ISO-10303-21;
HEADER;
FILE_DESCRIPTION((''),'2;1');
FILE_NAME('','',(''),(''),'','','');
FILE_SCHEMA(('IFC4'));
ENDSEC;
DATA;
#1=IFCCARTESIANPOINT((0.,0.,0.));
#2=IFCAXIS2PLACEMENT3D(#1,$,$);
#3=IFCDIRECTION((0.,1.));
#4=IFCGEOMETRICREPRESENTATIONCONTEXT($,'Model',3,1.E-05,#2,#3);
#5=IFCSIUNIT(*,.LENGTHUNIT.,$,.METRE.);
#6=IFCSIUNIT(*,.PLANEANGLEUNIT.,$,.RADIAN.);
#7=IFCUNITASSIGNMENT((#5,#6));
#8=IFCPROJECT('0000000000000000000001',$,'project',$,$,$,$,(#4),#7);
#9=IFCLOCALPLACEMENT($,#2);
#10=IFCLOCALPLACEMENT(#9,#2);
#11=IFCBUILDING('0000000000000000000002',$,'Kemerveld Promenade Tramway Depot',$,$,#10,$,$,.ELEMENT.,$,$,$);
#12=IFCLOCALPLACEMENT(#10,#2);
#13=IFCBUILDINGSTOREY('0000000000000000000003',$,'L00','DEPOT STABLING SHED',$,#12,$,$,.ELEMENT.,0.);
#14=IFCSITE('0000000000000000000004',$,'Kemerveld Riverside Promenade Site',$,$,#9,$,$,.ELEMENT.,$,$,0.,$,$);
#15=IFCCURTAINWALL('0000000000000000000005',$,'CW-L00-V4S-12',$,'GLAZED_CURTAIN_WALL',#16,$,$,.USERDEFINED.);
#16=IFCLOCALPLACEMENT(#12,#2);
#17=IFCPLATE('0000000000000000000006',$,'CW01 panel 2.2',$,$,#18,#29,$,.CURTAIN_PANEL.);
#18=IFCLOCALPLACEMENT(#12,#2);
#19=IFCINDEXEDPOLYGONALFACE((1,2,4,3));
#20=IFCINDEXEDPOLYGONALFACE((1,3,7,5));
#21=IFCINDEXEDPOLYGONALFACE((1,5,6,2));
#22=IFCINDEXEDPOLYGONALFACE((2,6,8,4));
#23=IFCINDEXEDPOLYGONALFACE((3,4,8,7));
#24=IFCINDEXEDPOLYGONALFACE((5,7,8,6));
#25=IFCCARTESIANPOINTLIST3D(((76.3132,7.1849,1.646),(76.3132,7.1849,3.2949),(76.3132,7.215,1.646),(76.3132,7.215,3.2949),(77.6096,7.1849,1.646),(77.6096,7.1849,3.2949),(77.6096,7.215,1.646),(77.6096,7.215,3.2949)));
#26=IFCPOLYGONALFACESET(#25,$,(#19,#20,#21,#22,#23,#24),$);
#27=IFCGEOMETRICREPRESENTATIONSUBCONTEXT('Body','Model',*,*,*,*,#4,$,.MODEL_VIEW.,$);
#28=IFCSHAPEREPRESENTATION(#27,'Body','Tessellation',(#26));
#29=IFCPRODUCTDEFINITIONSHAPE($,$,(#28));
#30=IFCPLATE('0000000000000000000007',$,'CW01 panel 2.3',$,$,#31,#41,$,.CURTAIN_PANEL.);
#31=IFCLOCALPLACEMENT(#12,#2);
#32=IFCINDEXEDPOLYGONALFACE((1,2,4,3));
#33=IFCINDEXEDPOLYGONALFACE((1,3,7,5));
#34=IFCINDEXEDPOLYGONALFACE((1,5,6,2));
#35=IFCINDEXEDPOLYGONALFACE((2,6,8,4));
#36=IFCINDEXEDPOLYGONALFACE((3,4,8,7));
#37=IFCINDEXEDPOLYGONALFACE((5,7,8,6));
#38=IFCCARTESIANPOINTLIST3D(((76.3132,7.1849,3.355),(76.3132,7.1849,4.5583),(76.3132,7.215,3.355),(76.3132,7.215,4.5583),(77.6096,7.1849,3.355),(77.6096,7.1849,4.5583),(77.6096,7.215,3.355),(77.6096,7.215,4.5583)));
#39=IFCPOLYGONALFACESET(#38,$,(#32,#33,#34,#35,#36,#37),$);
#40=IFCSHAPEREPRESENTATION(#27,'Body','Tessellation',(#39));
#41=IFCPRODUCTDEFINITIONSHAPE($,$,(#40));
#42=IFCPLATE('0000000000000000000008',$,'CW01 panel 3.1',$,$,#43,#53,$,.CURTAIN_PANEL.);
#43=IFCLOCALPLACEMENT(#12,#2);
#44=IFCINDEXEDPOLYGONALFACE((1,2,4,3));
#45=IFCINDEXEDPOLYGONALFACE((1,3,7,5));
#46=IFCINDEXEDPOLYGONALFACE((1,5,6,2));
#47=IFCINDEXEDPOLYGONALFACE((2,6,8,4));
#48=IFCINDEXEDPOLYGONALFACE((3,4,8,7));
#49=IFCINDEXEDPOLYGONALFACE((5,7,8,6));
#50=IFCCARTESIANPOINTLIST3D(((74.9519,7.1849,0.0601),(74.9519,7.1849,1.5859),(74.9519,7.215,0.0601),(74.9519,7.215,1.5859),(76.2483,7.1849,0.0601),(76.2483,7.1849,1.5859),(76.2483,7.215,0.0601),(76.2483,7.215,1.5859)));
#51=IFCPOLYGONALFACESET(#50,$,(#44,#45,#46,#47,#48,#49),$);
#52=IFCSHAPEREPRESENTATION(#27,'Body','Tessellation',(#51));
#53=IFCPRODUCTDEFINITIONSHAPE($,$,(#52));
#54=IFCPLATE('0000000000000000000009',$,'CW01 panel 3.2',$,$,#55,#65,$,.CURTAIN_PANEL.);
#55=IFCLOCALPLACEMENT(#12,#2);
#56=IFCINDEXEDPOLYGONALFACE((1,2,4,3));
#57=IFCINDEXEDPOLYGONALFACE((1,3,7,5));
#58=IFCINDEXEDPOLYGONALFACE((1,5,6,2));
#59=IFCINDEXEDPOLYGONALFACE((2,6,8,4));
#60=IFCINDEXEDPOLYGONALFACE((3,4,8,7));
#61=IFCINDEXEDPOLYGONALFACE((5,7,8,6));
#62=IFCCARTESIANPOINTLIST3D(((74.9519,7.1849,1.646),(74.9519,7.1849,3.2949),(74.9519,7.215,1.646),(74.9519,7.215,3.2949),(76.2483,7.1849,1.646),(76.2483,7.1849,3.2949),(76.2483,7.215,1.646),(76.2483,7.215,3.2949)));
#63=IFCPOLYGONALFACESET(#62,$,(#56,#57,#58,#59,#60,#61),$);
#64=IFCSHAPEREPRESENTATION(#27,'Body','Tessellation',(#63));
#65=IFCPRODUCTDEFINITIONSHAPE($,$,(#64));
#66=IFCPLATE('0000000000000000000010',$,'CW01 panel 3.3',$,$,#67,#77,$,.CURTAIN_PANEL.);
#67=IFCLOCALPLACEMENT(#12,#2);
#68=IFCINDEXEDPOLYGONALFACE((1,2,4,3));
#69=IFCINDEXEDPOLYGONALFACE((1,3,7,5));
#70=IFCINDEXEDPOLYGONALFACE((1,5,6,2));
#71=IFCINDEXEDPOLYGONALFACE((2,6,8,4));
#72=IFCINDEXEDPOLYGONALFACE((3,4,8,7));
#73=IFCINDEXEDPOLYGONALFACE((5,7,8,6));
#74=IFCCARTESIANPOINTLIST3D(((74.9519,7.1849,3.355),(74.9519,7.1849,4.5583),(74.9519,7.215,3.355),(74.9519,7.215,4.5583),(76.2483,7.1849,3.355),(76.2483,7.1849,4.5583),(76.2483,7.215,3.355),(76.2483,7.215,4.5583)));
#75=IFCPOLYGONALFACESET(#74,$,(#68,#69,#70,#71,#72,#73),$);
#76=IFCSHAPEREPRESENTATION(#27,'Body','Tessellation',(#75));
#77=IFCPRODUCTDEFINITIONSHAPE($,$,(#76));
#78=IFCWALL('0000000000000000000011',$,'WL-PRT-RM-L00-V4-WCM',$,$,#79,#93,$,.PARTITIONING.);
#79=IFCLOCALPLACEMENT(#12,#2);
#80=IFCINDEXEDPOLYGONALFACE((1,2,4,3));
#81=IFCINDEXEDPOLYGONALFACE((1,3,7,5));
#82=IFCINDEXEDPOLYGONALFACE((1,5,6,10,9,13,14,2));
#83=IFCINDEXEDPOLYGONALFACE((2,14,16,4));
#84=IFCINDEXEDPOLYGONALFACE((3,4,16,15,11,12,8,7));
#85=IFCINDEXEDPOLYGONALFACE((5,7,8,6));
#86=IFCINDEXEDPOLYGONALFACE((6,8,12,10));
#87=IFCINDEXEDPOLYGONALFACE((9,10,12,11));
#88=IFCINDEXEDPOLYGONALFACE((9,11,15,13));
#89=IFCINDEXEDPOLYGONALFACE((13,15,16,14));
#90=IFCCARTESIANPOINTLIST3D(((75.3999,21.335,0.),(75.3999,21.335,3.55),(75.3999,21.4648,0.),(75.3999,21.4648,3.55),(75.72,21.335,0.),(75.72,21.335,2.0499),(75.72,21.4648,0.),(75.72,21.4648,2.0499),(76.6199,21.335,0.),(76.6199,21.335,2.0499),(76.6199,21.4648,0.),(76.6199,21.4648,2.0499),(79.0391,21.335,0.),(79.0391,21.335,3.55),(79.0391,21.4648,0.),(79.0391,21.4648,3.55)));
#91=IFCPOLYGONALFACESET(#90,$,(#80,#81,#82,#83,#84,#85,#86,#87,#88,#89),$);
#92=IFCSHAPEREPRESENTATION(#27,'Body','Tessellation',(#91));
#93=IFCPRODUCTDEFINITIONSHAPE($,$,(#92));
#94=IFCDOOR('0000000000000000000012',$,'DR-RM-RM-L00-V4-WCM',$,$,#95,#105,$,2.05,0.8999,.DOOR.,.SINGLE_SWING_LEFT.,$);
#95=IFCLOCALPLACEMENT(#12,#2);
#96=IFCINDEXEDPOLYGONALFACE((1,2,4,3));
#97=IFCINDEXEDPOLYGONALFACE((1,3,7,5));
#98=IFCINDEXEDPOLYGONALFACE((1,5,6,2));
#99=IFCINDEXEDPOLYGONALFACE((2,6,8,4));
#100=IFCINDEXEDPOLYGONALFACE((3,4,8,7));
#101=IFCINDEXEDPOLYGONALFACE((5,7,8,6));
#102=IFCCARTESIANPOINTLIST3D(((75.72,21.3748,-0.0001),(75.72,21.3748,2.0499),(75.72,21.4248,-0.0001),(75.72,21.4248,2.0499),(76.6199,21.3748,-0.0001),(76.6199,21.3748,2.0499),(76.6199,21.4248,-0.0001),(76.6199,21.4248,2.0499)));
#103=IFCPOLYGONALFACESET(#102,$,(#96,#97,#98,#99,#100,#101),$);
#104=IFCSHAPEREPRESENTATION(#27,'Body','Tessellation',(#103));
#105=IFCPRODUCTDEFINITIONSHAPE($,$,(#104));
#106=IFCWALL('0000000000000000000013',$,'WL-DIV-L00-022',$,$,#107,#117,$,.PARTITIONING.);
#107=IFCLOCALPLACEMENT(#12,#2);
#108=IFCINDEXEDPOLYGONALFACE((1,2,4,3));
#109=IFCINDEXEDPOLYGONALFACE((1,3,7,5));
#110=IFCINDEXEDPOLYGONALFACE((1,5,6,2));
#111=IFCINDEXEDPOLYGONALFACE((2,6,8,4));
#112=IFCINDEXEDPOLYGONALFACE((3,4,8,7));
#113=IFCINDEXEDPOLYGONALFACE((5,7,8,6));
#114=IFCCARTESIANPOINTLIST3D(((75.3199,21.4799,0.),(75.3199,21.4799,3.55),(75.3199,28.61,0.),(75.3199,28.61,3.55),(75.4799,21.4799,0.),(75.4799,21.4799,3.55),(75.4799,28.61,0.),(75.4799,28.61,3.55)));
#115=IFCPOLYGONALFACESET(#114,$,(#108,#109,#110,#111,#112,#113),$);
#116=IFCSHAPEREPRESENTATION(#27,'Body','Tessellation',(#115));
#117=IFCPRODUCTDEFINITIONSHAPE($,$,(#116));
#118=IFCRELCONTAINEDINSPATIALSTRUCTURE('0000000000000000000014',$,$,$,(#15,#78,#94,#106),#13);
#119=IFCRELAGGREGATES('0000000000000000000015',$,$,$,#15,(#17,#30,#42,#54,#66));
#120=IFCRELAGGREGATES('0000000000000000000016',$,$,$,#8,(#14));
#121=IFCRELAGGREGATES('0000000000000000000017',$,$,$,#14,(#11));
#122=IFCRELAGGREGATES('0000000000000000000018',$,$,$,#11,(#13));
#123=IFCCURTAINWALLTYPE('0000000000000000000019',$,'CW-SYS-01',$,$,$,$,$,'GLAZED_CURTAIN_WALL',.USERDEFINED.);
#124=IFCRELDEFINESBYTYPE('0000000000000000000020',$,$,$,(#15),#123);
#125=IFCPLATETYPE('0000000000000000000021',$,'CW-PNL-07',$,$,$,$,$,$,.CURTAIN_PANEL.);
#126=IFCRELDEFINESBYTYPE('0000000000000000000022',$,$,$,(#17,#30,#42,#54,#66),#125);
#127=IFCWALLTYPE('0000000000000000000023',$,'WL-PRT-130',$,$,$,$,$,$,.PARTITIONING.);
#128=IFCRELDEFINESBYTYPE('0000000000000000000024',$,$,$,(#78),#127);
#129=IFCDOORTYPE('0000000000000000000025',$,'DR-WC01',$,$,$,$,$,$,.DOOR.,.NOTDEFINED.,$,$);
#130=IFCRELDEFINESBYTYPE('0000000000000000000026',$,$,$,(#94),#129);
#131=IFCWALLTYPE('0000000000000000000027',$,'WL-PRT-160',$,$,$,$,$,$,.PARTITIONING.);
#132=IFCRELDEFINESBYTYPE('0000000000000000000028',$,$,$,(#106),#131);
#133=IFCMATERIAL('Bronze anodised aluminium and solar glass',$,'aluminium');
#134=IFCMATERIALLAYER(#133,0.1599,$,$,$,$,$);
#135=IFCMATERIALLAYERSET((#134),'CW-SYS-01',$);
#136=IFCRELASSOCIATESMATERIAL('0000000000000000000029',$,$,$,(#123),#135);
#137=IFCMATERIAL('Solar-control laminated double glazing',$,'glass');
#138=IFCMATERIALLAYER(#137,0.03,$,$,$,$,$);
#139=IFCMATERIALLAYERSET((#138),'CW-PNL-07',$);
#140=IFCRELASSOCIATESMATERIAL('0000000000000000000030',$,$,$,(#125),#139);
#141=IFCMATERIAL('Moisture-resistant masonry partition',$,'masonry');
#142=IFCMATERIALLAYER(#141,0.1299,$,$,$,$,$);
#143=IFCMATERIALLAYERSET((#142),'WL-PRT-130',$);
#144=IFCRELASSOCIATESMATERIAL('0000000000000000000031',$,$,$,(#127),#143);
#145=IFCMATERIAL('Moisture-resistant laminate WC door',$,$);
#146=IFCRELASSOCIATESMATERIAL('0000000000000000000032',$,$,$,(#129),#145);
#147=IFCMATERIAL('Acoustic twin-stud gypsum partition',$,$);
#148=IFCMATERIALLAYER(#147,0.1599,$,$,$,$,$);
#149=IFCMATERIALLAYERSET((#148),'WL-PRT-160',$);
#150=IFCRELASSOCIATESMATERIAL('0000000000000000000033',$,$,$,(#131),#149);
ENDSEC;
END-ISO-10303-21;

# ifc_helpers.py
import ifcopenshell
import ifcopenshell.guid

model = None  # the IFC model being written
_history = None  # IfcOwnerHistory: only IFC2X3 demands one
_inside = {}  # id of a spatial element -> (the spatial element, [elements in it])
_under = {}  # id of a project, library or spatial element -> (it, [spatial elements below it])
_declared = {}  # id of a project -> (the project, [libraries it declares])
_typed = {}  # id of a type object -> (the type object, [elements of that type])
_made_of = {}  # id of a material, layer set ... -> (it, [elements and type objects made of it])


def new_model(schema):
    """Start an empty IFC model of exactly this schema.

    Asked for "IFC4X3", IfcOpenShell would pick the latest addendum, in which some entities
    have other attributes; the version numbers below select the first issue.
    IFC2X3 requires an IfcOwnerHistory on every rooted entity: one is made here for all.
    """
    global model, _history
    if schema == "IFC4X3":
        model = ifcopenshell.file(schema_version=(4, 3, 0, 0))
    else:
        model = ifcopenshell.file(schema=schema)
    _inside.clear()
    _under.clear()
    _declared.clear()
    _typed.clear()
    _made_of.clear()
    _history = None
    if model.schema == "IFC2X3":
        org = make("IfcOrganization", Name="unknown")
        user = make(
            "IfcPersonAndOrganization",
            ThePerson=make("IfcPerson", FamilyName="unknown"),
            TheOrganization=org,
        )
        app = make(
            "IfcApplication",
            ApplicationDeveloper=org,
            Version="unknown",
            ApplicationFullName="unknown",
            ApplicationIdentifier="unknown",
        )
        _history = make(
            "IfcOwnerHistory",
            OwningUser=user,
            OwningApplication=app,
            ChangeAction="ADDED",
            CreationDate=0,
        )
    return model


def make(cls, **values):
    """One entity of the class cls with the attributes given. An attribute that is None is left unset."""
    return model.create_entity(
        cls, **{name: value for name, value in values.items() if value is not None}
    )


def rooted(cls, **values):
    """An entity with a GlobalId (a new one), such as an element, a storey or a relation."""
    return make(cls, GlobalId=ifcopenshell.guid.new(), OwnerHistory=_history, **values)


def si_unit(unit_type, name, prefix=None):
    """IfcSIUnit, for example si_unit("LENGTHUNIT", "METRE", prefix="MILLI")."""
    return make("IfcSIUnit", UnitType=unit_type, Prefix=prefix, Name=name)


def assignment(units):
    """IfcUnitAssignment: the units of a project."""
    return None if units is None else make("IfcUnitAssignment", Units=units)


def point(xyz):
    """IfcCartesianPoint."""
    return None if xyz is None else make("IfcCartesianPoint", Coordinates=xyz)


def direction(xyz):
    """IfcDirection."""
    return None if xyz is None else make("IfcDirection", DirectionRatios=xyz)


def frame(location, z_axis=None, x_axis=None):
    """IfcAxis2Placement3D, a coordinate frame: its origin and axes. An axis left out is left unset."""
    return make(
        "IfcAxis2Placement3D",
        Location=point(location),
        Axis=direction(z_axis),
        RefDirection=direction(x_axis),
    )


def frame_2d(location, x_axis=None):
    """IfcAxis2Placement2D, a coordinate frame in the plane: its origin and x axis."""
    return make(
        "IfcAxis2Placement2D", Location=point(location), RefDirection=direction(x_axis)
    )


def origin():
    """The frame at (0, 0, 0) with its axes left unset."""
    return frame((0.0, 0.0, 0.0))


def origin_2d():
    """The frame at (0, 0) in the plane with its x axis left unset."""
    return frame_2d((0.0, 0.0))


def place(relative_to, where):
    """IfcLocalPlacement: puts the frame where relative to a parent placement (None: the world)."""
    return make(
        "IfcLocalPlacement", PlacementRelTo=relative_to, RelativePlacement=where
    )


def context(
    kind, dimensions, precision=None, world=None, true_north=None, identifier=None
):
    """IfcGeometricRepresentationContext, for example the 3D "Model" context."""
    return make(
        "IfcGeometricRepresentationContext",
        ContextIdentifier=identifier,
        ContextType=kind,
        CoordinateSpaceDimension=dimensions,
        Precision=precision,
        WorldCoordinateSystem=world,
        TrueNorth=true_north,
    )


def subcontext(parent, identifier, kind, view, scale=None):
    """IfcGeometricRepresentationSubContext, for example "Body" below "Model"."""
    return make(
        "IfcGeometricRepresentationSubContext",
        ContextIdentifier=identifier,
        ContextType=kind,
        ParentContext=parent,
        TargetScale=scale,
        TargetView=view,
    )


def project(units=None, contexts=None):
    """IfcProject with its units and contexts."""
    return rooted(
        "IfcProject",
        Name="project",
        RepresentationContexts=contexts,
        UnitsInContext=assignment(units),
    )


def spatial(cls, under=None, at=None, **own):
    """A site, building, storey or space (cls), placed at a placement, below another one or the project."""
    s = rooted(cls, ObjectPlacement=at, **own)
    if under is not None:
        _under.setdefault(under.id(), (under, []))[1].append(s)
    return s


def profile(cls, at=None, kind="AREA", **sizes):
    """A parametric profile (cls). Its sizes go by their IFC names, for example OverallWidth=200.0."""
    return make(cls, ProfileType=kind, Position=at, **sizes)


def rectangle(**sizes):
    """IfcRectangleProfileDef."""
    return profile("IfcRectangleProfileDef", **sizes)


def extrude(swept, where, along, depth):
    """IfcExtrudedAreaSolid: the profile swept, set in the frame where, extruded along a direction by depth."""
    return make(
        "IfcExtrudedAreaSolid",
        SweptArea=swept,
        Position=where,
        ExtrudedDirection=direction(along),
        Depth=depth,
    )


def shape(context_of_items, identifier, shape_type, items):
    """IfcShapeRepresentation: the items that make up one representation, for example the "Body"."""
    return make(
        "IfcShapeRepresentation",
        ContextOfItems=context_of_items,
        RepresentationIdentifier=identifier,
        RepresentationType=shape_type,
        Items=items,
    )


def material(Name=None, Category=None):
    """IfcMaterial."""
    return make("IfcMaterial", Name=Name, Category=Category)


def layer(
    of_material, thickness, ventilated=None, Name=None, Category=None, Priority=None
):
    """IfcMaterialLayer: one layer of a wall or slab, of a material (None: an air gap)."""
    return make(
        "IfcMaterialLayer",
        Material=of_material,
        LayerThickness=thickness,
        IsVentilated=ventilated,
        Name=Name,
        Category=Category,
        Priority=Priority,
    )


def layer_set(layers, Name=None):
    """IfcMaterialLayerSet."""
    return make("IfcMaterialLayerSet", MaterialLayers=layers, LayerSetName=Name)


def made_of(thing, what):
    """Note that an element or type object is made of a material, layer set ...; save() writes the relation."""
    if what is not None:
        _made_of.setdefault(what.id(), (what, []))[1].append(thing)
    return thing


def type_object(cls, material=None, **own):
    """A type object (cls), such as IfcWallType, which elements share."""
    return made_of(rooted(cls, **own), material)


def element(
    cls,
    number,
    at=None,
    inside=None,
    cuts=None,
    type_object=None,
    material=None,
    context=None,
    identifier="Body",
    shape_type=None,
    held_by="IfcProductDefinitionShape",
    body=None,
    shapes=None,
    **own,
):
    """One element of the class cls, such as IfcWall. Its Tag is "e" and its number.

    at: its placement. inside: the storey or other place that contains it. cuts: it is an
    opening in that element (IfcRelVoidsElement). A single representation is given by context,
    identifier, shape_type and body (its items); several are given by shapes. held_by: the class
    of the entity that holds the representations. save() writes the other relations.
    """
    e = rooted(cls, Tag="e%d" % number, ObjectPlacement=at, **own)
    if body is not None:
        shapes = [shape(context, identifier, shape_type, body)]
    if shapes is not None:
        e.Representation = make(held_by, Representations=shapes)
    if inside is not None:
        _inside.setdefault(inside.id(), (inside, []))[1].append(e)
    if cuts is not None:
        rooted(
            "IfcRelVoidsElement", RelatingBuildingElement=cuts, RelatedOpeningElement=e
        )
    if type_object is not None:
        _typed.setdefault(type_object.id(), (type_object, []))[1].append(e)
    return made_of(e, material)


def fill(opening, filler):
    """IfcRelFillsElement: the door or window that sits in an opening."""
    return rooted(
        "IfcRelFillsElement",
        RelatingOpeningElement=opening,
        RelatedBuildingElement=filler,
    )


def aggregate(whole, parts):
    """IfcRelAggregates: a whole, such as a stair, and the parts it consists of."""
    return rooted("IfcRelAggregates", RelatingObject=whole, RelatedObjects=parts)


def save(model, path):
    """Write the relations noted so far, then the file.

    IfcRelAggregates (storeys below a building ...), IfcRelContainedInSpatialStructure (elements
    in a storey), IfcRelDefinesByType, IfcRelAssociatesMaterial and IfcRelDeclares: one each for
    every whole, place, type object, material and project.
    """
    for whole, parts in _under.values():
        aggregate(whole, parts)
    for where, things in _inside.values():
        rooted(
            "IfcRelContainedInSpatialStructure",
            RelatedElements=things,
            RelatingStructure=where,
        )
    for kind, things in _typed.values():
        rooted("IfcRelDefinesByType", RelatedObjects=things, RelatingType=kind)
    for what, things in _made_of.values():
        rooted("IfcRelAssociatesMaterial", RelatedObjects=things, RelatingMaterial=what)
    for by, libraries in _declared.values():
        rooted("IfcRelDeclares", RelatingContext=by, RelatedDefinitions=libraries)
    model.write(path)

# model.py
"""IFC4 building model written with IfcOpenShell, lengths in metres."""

from ifc_helpers import new_model, si_unit, direction, frame, frame_2d, origin, origin_2d, place, context, subcontext, project, spatial, rectangle, extrude, material, layer, layer_set, type_object, element, fill, aggregate, save


model = new_model("IFC4")

# Units and contexts
model_context = context("Model", 3, precision=1e-05, world=origin(), true_north=direction((0.0, 1.0)))
body_context = subcontext(model_context, "Body", "Model", "MODEL_VIEW")
ifc_project = project(units=[si_unit("LENGTHUNIT", "METRE"), si_unit("PLANEANGLEUNIT", "RADIAN")], contexts=[model_context])

# Site, building, storey
site_placement = place(None, origin())
site = spatial("IfcSite", under=ifc_project, at=site_placement, Name="Kemerveld Riverside Promenade Site", CompositionType="ELEMENT", RefElevation=0.0)
building_placement = place(site_placement, origin())
building = spatial("IfcBuilding", under=site, at=building_placement, Name="Kemerveld Promenade Tramway Depot", CompositionType="ELEMENT")
storey_placement = place(building_placement, origin())
storey = spatial("IfcBuildingStorey", under=building, at=storey_placement, Name="L00", Description="DEPOT STABLING SHED", CompositionType="ELEMENT", Elevation=0.0)

# Curtain wall, plates
ifc_material_1 = material(Name="Bronze anodised aluminium and solar glass", Category="aluminium")
ifc_layer_1 = layer(ifc_material_1, 0.1599)
ifc_layer_set_1 = layer_set([ifc_layer_1], Name="CW-SYS-01")
curtain_wall_type = type_object("IfcCurtainWallType", Name="CW-SYS-01", ElementType="GLAZED_CURTAIN_WALL", PredefinedType="USERDEFINED", material=ifc_layer_set_1)
curtain_wall_placement = place(storey_placement, origin())
curtain_wall = element("IfcCurtainWall", 1, at=curtain_wall_placement, inside=storey, type_object=curtain_wall_type, Name="CW-L00-V4S-12", ObjectType="GLAZED_CURTAIN_WALL", PredefinedType="USERDEFINED")
ifc_material_2 = material(Name="Solar-control laminated double glazing", Category="glass")
ifc_layer_2 = layer(ifc_material_2, 0.03)
ifc_layer_set_2 = layer_set([ifc_layer_2], Name="CW-PNL-07")
plate_type = type_object("IfcPlateType", Name="CW-PNL-07", PredefinedType="CURTAIN_PANEL", material=ifc_layer_set_2)
plate_1_placement = place(storey_placement, frame((76.9614, 7.2, 1.646), z_axis=(0.0, 0.0, 1.0), x_axis=(-1.0, 0.0, 0.0)))
plate_1 = element("IfcPlate", 2, at=plate_1_placement, type_object=plate_type, Name="CW01 panel 2.2", PredefinedType="CURTAIN_PANEL", context=body_context, shape_type="SweptSolid", body=[
    extrude(rectangle(XDim=1.2964, YDim=0.03, at=origin_2d()), origin(), (0.0, 0.0, 1.0), 1.6489),
])
plate_2_placement = place(storey_placement, frame((76.9614, 7.2, 3.355), z_axis=(0.0, 0.0, 1.0), x_axis=(-1.0, 0.0, 0.0)))
plate_2 = element("IfcPlate", 3, at=plate_2_placement, type_object=plate_type, Name="CW01 panel 2.3", PredefinedType="CURTAIN_PANEL", context=body_context, shape_type="SweptSolid", body=[
    extrude(rectangle(XDim=1.2964, YDim=0.03, at=origin_2d()), origin(), (0.0, 0.0, 1.0), 1.2034),
])
plate_3_placement = place(storey_placement, frame((75.6001, 7.2, 0.0601), z_axis=(0.0, 0.0, 1.0), x_axis=(-1.0, 0.0, 0.0)))
plate_3 = element("IfcPlate", 4, at=plate_3_placement, type_object=plate_type, Name="CW01 panel 3.1", PredefinedType="CURTAIN_PANEL", context=body_context, shape_type="SweptSolid", body=[
    extrude(rectangle(XDim=1.2964, YDim=0.03, at=origin_2d()), origin(), (0.0, 0.0, 1.0), 1.5259),
])
plate_4_placement = place(storey_placement, frame((75.6001, 7.2, 1.646), z_axis=(0.0, 0.0, 1.0), x_axis=(-1.0, 0.0, 0.0)))
plate_4 = element("IfcPlate", 5, at=plate_4_placement, type_object=plate_type, Name="CW01 panel 3.2", PredefinedType="CURTAIN_PANEL", context=body_context, shape_type="SweptSolid", body=[
    extrude(rectangle(XDim=1.2964, YDim=0.03, at=origin_2d()), origin(), (0.0, 0.0, 1.0), 1.6489),
])
plate_5_placement = place(storey_placement, frame((75.6001, 7.2, 3.355), z_axis=(0.0, 0.0, 1.0), x_axis=(-1.0, 0.0, 0.0)))
plate_5 = element("IfcPlate", 6, at=plate_5_placement, type_object=plate_type, Name="CW01 panel 3.3", PredefinedType="CURTAIN_PANEL", context=body_context, shape_type="SweptSolid", body=[
    extrude(rectangle(XDim=1.2964, YDim=0.03, at=origin_2d()), origin(), (0.0, 0.0, 1.0), 1.2034),
])
aggregate(curtain_wall, [plate_1, plate_2, plate_3, plate_4, plate_5])

# Wall, opening, door
ifc_material_3 = material(Name="Moisture-resistant masonry partition", Category="masonry")
ifc_layer_3 = layer(ifc_material_3, 0.1299)
ifc_layer_set_3 = layer_set([ifc_layer_3], Name="WL-PRT-130")
wall_type_1 = type_object("IfcWallType", Name="WL-PRT-130", PredefinedType="PARTITIONING", material=ifc_layer_set_3)
wall_1_placement = place(storey_placement, frame((75.3999, 21.3999, 0.0), z_axis=(0.0, 0.0, 1.0), x_axis=(1.0, 0.0, 0.0)))
wall_1 = element("IfcWall", 7, at=wall_1_placement, inside=storey, type_object=wall_type_1, Name="WL-PRT-RM-L00-V4-WCM", PredefinedType="PARTITIONING", context=body_context, shape_type="SweptSolid", body=[
    extrude(rectangle(XDim=3.6392, YDim=0.1299, at=frame_2d((1.8196, 0.0))), origin(), (0.0, 0.0, 1.0), 3.55),
])
opening_placement = place(wall_1_placement, frame((0.3201, 0.0, 0.0)))
opening = element("IfcOpeningElement", 8, at=opening_placement, cuts=wall_1, PredefinedType="OPENING", context=body_context, shape_type="SweptSolid", body=[
    extrude(rectangle(XDim=0.8999, YDim=2.05, at=frame_2d((0.45, 1.0249))), frame((0.0, 0.075, 0.0), z_axis=(0.0, -1.0, 0.0), x_axis=(1.0, 0.0, 0.0)), (0.0, 0.0, 1.0), 0.1499),
])
ifc_material_4 = material(Name="Moisture-resistant laminate WC door")
door_type = type_object("IfcDoorType", Name="DR-WC01", OperationType="NOTDEFINED", PredefinedType="DOOR", material=ifc_material_4)
door_placement = place(opening_placement, origin())
door = element("IfcDoor", 9, at=door_placement, inside=storey, type_object=door_type, Name="DR-RM-RM-L00-V4-WCM", OperationType="SINGLE_SWING_LEFT", OverallHeight=2.05, OverallWidth=0.8999, PredefinedType="DOOR", context=body_context, shape_type="SweptSolid", body=[
    extrude(rectangle(XDim=0.8999, YDim=2.05, at=frame_2d((0.45, 1.0249))), frame((0.0, 0.0249, 0.0), z_axis=(0.0, -1.0, 0.0), x_axis=(1.0, 0.0, 0.0)), (0.0, 0.0, 1.0), 0.05),
])
fill(opening, door)

# Wall
ifc_material_5 = material(Name="Acoustic twin-stud gypsum partition")
ifc_layer_4 = layer(ifc_material_5, 0.1599)
ifc_layer_set_4 = layer_set([ifc_layer_4], Name="WL-PRT-160")
wall_type_2 = type_object("IfcWallType", Name="WL-PRT-160", PredefinedType="PARTITIONING", material=ifc_layer_set_4)
wall_2_placement = place(storey_placement, frame((75.3999, 21.48, 0.0), z_axis=(0.0, 0.0, 1.0), x_axis=(0.0, 1.0, 0.0)))
element("IfcWall", 10, at=wall_2_placement, inside=storey, type_object=wall_type_2, Name="WL-DIV-L00-022", PredefinedType="PARTITIONING", context=body_context, shape_type="SweptSolid", body=[
    extrude(rectangle(XDim=7.1301, YDim=0.1599, at=frame_2d((3.5649, 0.0))), origin(), (0.0, 0.0, 1.0), 3.55),
])

save(model, "model.ifc")
